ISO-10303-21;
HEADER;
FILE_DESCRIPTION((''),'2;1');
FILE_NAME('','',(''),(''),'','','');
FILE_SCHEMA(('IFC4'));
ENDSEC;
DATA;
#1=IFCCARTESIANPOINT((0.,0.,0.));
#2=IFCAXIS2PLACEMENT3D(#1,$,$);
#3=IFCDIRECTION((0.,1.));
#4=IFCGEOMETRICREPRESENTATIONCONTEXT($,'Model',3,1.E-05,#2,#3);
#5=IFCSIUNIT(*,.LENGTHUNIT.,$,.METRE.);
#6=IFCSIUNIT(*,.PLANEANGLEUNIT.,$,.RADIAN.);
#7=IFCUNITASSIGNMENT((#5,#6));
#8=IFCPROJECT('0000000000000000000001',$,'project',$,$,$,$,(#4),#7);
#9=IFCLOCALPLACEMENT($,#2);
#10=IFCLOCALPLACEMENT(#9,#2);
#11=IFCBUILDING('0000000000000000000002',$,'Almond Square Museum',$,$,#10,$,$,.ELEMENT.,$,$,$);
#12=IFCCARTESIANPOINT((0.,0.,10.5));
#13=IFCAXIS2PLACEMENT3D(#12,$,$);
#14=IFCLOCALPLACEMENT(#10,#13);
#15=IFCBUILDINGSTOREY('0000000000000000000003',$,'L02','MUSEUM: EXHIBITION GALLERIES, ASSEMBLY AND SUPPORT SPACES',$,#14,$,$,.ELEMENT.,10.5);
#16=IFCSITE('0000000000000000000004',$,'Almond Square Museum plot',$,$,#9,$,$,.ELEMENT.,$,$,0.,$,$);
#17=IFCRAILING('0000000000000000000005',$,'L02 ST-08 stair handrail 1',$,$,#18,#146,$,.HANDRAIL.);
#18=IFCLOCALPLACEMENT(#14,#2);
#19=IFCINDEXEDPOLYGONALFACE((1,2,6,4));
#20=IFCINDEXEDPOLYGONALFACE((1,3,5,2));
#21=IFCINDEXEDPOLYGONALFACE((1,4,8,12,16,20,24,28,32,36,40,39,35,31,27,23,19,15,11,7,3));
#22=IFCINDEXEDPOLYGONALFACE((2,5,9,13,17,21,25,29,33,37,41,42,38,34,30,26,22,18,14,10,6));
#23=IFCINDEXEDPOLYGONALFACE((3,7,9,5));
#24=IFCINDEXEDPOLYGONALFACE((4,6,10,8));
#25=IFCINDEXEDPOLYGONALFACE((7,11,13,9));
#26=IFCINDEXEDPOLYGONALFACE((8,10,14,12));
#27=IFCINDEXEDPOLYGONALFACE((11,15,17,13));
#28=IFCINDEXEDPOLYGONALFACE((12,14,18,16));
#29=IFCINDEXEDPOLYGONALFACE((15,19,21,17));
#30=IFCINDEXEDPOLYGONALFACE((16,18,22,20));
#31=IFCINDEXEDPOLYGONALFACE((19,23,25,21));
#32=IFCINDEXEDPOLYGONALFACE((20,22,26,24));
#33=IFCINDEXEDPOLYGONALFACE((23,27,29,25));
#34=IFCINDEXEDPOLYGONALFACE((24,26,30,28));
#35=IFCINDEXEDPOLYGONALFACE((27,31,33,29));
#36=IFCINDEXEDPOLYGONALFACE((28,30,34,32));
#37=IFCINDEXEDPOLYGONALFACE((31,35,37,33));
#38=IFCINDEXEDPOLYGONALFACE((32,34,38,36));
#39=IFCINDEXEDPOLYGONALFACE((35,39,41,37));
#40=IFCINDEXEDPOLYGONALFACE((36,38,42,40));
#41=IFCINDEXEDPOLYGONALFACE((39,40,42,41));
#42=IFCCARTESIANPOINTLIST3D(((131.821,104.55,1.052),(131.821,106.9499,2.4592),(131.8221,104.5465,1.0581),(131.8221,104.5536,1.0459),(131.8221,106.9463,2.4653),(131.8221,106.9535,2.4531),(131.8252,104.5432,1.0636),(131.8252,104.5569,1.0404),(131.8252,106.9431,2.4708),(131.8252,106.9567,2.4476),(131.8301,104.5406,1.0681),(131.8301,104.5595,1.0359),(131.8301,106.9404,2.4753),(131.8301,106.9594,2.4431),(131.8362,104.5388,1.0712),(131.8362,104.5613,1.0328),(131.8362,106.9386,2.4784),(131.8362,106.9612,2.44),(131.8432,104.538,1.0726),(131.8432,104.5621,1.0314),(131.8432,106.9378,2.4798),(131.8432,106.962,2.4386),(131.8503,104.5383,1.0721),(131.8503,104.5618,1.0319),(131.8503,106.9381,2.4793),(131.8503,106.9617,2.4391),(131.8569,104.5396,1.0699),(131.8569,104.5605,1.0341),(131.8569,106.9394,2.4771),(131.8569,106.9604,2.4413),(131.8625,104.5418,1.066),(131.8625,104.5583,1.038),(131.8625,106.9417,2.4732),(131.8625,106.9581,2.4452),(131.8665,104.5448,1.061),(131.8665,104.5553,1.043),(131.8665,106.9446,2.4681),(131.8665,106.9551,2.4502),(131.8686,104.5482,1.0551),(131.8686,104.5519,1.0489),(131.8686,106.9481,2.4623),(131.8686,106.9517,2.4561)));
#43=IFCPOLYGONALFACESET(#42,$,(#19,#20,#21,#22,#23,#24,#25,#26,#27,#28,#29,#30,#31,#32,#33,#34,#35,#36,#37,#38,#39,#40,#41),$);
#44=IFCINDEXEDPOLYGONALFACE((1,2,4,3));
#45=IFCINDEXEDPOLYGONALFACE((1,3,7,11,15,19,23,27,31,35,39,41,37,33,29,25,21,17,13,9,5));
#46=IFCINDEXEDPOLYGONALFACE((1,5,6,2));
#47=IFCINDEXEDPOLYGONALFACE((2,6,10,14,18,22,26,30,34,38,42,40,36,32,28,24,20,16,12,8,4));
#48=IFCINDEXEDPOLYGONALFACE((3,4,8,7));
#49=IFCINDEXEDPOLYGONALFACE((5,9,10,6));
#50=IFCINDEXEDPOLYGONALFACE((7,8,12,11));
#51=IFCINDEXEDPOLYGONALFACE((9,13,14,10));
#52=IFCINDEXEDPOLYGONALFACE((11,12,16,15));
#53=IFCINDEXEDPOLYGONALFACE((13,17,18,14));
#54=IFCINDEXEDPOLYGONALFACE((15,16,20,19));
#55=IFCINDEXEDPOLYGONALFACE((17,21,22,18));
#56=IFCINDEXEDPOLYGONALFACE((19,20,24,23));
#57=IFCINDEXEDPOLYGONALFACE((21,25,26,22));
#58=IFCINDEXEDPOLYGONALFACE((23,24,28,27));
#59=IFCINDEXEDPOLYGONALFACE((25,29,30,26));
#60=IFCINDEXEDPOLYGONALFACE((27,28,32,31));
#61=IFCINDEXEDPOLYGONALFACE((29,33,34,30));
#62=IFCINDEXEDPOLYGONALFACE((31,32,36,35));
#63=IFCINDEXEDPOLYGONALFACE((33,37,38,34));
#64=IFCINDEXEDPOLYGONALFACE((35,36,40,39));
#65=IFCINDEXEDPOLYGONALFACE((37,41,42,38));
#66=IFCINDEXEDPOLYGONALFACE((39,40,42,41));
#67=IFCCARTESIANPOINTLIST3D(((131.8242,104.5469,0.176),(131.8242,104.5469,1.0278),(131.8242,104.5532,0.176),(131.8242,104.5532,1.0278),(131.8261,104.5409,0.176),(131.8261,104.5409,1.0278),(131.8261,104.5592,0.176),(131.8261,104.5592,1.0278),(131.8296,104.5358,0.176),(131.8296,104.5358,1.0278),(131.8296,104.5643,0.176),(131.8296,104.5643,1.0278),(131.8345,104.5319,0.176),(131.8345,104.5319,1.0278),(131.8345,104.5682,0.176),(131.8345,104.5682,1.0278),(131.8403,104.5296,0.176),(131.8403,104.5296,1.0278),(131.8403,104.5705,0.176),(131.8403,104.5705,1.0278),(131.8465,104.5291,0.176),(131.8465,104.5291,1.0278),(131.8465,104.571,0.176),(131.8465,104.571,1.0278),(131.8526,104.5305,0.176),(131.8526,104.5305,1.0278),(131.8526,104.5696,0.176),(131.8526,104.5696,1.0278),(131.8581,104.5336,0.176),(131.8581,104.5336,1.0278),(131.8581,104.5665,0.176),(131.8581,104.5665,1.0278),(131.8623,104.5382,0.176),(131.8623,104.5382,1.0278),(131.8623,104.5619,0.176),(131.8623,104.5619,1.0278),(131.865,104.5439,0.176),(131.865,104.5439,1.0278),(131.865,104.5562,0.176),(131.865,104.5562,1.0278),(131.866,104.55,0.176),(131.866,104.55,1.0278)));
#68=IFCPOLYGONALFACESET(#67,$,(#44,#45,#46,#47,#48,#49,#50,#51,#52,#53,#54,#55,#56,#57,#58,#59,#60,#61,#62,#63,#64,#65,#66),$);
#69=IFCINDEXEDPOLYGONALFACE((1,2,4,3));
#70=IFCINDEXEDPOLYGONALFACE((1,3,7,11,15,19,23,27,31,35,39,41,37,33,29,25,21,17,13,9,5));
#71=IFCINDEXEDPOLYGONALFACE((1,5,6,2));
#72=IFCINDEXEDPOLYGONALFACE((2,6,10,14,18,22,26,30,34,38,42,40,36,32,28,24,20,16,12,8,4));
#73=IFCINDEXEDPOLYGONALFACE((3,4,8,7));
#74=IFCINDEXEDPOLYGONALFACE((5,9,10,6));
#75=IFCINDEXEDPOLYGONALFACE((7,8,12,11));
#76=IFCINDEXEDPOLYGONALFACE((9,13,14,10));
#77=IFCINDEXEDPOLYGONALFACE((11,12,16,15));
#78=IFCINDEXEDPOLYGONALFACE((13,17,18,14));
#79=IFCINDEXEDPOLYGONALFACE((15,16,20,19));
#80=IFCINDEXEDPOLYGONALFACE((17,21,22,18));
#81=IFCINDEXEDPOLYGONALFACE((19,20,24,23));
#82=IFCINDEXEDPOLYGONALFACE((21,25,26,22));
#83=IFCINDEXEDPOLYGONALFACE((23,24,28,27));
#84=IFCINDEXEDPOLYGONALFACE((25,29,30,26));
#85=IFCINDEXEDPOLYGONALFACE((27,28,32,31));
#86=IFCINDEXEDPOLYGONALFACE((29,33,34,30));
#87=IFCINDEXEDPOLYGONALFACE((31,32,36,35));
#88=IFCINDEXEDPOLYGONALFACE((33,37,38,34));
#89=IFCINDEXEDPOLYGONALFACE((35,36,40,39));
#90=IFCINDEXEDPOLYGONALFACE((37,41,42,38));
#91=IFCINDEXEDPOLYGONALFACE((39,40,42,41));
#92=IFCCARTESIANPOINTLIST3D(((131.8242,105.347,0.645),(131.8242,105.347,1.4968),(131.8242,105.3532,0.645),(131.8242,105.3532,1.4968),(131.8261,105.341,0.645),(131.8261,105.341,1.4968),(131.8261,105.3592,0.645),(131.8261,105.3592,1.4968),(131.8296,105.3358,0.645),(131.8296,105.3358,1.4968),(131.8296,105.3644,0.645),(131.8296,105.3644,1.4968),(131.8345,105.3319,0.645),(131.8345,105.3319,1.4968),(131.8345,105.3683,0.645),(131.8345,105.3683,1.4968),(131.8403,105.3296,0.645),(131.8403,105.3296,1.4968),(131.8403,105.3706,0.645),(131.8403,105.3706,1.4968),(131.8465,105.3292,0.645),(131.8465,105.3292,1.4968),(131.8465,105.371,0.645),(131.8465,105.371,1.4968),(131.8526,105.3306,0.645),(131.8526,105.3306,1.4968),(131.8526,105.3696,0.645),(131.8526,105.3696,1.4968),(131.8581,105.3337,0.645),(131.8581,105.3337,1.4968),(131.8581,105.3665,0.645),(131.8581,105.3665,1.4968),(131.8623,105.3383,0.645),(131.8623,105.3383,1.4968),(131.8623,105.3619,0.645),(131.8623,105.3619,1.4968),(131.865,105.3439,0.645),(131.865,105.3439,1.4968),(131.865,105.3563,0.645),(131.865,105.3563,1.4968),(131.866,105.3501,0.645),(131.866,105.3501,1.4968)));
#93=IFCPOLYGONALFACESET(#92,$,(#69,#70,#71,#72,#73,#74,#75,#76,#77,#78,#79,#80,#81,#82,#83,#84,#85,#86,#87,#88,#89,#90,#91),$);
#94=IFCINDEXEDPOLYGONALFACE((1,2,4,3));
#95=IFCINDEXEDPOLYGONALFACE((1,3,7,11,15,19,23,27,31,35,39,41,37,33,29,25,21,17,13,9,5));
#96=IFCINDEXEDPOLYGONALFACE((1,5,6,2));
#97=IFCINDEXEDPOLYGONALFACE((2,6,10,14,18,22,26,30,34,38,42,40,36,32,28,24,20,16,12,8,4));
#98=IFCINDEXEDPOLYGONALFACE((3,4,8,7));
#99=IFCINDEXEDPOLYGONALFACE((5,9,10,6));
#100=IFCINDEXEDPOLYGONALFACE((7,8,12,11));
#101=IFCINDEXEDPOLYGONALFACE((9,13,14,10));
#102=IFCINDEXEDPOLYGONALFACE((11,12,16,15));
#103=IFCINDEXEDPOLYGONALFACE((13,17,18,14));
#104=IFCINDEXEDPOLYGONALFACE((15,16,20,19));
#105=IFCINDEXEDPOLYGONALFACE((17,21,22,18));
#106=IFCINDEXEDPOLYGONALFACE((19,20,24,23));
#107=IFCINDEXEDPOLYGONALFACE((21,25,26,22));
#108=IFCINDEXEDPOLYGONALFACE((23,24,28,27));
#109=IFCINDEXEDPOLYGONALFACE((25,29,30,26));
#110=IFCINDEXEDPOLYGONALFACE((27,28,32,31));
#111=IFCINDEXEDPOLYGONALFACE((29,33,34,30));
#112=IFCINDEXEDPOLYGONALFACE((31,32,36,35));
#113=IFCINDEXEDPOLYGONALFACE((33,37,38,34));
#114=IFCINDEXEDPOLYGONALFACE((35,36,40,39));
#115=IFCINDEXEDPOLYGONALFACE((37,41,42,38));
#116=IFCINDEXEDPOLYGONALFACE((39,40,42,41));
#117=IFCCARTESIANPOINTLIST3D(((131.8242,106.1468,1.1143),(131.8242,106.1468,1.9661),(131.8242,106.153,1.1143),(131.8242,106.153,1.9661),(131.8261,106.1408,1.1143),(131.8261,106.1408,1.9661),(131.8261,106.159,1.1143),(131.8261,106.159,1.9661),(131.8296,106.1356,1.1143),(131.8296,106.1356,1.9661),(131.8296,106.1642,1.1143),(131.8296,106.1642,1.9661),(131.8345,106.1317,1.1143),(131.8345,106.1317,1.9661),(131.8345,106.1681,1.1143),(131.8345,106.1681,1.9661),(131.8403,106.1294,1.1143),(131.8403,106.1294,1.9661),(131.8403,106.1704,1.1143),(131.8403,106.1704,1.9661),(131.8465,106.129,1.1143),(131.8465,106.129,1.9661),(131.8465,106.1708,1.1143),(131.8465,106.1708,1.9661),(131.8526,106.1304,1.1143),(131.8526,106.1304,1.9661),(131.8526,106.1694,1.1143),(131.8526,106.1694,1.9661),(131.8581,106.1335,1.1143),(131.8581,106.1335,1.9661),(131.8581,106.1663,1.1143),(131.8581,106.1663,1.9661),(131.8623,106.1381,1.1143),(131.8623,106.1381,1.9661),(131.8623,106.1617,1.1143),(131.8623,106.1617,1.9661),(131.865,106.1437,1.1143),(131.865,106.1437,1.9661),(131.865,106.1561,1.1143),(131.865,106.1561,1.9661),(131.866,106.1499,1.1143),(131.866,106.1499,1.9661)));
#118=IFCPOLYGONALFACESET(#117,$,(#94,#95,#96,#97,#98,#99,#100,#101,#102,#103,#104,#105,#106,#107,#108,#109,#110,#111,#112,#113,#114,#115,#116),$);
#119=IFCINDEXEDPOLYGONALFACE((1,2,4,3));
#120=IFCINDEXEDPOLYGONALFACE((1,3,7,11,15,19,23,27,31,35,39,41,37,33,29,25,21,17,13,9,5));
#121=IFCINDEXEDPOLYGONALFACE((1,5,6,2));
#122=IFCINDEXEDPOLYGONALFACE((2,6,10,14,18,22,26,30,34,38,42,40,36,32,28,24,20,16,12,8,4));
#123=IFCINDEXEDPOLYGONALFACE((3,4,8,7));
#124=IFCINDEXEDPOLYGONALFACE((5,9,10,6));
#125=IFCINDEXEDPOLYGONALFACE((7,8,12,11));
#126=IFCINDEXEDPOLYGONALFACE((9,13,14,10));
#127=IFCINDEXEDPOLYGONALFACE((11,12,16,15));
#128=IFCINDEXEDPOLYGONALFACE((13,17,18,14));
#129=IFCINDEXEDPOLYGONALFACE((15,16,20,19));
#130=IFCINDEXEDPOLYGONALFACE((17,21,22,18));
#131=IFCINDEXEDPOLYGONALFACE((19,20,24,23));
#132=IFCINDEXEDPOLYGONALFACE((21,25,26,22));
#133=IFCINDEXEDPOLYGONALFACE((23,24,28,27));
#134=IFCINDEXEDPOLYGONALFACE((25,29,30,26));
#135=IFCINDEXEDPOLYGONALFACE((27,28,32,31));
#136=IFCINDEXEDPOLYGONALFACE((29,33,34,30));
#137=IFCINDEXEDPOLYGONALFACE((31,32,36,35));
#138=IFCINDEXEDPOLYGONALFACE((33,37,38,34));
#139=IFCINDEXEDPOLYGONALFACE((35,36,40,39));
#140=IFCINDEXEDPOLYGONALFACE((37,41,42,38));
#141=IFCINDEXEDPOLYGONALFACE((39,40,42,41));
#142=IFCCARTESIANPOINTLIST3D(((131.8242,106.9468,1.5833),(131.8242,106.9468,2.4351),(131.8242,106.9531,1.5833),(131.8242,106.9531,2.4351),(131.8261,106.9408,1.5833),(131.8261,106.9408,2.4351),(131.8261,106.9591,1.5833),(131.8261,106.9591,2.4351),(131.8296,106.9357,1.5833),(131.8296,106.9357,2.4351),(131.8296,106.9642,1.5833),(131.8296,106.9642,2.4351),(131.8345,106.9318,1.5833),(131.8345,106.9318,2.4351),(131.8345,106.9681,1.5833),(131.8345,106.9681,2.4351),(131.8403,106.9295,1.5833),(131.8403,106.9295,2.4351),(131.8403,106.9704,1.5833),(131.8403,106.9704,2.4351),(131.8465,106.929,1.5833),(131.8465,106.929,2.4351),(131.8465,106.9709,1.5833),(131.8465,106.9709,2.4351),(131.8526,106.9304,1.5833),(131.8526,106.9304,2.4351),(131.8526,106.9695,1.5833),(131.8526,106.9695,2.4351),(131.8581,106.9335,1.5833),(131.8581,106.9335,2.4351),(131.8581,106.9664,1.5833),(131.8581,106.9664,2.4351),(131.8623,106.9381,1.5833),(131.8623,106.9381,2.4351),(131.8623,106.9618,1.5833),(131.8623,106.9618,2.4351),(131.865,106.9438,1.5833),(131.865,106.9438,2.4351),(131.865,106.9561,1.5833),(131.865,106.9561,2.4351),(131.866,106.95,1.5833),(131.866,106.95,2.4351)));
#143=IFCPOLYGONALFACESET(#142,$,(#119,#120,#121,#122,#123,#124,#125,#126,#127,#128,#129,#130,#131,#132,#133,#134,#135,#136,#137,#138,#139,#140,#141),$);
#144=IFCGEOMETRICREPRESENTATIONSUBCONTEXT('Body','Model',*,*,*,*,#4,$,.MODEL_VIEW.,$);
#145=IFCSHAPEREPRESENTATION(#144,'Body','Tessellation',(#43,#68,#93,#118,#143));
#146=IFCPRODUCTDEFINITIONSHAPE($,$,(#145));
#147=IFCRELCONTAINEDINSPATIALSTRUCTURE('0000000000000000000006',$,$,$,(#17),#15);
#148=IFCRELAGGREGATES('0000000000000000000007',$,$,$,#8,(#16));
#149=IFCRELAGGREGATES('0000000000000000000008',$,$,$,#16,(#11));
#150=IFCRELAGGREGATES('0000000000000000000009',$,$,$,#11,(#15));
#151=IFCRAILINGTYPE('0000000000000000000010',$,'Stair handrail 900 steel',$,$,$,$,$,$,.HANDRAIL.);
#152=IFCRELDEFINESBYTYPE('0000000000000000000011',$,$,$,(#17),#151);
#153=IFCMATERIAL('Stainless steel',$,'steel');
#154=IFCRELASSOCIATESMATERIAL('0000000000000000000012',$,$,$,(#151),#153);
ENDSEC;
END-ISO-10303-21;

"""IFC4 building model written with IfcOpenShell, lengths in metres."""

from ifc_helpers import new_model, si_unit, direction, frame, origin, origin_2d, place, context, subcontext, project, spatial, circle, extrude, material, type_object, element, save


model = new_model("IFC4")

# Units and contexts
model_context = context("Model", 3, precision=1e-05, world=origin(), true_north=direction((0.0, 1.0)))
body_context = subcontext(model_context, "Body", "Model", "MODEL_VIEW")
ifc_project = project(units=[si_unit("LENGTHUNIT", "METRE"), si_unit("PLANEANGLEUNIT", "RADIAN")], contexts=[model_context])

# Site, building, storey
site_placement = place(None, origin())
site = spatial("IfcSite", under=ifc_project, at=site_placement, Name="Almond Square Museum plot", CompositionType="ELEMENT", RefElevation=0.0)
building_placement = place(site_placement, origin())
building = spatial("IfcBuilding", under=site, at=building_placement, Name="Almond Square Museum", CompositionType="ELEMENT")
storey_placement = place(building_placement, frame((0.0, 0.0, 10.5)))
storey = spatial("IfcBuildingStorey", under=building, at=storey_placement, Name="L02", Description="MUSEUM: EXHIBITION GALLERIES, ASSEMBLY AND SUPPORT SPACES", CompositionType="ELEMENT", Elevation=10.5)

# Railing
ifc_material_1 = material(Name="Stainless steel", Category="steel")
railing_type_1 = type_object("IfcRailingType", Name="Stair handrail 900 steel", PredefinedType="HANDRAIL", material=ifc_material_1)
railing_1_placement = place(storey_placement, frame((131.845, 104.55, 0.176)))
element("IfcRailing", 1, at=railing_1_placement, inside=storey, type_object=railing_type_1, Name="L02 ST-08 stair handrail 1", PredefinedType="HANDRAIL", context=body_context, shape_type="SweptSolid", body=[
    extrude(circle(Radius=0.0239, at=origin_2d()), frame((0.0, 0.0, 0.876), z_axis=(0.0, 0.862637, 0.505823), x_axis=(-1.0, 0.0, 0.0)), (0.0, 0.0, 1.0), 2.782),
    extrude(circle(Radius=0.021, at=origin_2d()), origin(), (0.0, 0.0, 1.0), 0.8518),
    extrude(circle(Radius=0.021, at=origin_2d()), frame((0.0, 0.8, 0.469)), (0.0, 0.0, 1.0), 0.8518),
    extrude(circle(Radius=0.021, at=origin_2d()), frame((0.0, 1.5999, 0.9382)), (0.0, 0.0, 1.0), 0.8518),
    extrude(circle(Radius=0.021, at=origin_2d()), frame((0.0, 2.3999, 1.4072)), (0.0, 0.0, 1.0), 0.8518),
])

save(model, "model.ifc")
